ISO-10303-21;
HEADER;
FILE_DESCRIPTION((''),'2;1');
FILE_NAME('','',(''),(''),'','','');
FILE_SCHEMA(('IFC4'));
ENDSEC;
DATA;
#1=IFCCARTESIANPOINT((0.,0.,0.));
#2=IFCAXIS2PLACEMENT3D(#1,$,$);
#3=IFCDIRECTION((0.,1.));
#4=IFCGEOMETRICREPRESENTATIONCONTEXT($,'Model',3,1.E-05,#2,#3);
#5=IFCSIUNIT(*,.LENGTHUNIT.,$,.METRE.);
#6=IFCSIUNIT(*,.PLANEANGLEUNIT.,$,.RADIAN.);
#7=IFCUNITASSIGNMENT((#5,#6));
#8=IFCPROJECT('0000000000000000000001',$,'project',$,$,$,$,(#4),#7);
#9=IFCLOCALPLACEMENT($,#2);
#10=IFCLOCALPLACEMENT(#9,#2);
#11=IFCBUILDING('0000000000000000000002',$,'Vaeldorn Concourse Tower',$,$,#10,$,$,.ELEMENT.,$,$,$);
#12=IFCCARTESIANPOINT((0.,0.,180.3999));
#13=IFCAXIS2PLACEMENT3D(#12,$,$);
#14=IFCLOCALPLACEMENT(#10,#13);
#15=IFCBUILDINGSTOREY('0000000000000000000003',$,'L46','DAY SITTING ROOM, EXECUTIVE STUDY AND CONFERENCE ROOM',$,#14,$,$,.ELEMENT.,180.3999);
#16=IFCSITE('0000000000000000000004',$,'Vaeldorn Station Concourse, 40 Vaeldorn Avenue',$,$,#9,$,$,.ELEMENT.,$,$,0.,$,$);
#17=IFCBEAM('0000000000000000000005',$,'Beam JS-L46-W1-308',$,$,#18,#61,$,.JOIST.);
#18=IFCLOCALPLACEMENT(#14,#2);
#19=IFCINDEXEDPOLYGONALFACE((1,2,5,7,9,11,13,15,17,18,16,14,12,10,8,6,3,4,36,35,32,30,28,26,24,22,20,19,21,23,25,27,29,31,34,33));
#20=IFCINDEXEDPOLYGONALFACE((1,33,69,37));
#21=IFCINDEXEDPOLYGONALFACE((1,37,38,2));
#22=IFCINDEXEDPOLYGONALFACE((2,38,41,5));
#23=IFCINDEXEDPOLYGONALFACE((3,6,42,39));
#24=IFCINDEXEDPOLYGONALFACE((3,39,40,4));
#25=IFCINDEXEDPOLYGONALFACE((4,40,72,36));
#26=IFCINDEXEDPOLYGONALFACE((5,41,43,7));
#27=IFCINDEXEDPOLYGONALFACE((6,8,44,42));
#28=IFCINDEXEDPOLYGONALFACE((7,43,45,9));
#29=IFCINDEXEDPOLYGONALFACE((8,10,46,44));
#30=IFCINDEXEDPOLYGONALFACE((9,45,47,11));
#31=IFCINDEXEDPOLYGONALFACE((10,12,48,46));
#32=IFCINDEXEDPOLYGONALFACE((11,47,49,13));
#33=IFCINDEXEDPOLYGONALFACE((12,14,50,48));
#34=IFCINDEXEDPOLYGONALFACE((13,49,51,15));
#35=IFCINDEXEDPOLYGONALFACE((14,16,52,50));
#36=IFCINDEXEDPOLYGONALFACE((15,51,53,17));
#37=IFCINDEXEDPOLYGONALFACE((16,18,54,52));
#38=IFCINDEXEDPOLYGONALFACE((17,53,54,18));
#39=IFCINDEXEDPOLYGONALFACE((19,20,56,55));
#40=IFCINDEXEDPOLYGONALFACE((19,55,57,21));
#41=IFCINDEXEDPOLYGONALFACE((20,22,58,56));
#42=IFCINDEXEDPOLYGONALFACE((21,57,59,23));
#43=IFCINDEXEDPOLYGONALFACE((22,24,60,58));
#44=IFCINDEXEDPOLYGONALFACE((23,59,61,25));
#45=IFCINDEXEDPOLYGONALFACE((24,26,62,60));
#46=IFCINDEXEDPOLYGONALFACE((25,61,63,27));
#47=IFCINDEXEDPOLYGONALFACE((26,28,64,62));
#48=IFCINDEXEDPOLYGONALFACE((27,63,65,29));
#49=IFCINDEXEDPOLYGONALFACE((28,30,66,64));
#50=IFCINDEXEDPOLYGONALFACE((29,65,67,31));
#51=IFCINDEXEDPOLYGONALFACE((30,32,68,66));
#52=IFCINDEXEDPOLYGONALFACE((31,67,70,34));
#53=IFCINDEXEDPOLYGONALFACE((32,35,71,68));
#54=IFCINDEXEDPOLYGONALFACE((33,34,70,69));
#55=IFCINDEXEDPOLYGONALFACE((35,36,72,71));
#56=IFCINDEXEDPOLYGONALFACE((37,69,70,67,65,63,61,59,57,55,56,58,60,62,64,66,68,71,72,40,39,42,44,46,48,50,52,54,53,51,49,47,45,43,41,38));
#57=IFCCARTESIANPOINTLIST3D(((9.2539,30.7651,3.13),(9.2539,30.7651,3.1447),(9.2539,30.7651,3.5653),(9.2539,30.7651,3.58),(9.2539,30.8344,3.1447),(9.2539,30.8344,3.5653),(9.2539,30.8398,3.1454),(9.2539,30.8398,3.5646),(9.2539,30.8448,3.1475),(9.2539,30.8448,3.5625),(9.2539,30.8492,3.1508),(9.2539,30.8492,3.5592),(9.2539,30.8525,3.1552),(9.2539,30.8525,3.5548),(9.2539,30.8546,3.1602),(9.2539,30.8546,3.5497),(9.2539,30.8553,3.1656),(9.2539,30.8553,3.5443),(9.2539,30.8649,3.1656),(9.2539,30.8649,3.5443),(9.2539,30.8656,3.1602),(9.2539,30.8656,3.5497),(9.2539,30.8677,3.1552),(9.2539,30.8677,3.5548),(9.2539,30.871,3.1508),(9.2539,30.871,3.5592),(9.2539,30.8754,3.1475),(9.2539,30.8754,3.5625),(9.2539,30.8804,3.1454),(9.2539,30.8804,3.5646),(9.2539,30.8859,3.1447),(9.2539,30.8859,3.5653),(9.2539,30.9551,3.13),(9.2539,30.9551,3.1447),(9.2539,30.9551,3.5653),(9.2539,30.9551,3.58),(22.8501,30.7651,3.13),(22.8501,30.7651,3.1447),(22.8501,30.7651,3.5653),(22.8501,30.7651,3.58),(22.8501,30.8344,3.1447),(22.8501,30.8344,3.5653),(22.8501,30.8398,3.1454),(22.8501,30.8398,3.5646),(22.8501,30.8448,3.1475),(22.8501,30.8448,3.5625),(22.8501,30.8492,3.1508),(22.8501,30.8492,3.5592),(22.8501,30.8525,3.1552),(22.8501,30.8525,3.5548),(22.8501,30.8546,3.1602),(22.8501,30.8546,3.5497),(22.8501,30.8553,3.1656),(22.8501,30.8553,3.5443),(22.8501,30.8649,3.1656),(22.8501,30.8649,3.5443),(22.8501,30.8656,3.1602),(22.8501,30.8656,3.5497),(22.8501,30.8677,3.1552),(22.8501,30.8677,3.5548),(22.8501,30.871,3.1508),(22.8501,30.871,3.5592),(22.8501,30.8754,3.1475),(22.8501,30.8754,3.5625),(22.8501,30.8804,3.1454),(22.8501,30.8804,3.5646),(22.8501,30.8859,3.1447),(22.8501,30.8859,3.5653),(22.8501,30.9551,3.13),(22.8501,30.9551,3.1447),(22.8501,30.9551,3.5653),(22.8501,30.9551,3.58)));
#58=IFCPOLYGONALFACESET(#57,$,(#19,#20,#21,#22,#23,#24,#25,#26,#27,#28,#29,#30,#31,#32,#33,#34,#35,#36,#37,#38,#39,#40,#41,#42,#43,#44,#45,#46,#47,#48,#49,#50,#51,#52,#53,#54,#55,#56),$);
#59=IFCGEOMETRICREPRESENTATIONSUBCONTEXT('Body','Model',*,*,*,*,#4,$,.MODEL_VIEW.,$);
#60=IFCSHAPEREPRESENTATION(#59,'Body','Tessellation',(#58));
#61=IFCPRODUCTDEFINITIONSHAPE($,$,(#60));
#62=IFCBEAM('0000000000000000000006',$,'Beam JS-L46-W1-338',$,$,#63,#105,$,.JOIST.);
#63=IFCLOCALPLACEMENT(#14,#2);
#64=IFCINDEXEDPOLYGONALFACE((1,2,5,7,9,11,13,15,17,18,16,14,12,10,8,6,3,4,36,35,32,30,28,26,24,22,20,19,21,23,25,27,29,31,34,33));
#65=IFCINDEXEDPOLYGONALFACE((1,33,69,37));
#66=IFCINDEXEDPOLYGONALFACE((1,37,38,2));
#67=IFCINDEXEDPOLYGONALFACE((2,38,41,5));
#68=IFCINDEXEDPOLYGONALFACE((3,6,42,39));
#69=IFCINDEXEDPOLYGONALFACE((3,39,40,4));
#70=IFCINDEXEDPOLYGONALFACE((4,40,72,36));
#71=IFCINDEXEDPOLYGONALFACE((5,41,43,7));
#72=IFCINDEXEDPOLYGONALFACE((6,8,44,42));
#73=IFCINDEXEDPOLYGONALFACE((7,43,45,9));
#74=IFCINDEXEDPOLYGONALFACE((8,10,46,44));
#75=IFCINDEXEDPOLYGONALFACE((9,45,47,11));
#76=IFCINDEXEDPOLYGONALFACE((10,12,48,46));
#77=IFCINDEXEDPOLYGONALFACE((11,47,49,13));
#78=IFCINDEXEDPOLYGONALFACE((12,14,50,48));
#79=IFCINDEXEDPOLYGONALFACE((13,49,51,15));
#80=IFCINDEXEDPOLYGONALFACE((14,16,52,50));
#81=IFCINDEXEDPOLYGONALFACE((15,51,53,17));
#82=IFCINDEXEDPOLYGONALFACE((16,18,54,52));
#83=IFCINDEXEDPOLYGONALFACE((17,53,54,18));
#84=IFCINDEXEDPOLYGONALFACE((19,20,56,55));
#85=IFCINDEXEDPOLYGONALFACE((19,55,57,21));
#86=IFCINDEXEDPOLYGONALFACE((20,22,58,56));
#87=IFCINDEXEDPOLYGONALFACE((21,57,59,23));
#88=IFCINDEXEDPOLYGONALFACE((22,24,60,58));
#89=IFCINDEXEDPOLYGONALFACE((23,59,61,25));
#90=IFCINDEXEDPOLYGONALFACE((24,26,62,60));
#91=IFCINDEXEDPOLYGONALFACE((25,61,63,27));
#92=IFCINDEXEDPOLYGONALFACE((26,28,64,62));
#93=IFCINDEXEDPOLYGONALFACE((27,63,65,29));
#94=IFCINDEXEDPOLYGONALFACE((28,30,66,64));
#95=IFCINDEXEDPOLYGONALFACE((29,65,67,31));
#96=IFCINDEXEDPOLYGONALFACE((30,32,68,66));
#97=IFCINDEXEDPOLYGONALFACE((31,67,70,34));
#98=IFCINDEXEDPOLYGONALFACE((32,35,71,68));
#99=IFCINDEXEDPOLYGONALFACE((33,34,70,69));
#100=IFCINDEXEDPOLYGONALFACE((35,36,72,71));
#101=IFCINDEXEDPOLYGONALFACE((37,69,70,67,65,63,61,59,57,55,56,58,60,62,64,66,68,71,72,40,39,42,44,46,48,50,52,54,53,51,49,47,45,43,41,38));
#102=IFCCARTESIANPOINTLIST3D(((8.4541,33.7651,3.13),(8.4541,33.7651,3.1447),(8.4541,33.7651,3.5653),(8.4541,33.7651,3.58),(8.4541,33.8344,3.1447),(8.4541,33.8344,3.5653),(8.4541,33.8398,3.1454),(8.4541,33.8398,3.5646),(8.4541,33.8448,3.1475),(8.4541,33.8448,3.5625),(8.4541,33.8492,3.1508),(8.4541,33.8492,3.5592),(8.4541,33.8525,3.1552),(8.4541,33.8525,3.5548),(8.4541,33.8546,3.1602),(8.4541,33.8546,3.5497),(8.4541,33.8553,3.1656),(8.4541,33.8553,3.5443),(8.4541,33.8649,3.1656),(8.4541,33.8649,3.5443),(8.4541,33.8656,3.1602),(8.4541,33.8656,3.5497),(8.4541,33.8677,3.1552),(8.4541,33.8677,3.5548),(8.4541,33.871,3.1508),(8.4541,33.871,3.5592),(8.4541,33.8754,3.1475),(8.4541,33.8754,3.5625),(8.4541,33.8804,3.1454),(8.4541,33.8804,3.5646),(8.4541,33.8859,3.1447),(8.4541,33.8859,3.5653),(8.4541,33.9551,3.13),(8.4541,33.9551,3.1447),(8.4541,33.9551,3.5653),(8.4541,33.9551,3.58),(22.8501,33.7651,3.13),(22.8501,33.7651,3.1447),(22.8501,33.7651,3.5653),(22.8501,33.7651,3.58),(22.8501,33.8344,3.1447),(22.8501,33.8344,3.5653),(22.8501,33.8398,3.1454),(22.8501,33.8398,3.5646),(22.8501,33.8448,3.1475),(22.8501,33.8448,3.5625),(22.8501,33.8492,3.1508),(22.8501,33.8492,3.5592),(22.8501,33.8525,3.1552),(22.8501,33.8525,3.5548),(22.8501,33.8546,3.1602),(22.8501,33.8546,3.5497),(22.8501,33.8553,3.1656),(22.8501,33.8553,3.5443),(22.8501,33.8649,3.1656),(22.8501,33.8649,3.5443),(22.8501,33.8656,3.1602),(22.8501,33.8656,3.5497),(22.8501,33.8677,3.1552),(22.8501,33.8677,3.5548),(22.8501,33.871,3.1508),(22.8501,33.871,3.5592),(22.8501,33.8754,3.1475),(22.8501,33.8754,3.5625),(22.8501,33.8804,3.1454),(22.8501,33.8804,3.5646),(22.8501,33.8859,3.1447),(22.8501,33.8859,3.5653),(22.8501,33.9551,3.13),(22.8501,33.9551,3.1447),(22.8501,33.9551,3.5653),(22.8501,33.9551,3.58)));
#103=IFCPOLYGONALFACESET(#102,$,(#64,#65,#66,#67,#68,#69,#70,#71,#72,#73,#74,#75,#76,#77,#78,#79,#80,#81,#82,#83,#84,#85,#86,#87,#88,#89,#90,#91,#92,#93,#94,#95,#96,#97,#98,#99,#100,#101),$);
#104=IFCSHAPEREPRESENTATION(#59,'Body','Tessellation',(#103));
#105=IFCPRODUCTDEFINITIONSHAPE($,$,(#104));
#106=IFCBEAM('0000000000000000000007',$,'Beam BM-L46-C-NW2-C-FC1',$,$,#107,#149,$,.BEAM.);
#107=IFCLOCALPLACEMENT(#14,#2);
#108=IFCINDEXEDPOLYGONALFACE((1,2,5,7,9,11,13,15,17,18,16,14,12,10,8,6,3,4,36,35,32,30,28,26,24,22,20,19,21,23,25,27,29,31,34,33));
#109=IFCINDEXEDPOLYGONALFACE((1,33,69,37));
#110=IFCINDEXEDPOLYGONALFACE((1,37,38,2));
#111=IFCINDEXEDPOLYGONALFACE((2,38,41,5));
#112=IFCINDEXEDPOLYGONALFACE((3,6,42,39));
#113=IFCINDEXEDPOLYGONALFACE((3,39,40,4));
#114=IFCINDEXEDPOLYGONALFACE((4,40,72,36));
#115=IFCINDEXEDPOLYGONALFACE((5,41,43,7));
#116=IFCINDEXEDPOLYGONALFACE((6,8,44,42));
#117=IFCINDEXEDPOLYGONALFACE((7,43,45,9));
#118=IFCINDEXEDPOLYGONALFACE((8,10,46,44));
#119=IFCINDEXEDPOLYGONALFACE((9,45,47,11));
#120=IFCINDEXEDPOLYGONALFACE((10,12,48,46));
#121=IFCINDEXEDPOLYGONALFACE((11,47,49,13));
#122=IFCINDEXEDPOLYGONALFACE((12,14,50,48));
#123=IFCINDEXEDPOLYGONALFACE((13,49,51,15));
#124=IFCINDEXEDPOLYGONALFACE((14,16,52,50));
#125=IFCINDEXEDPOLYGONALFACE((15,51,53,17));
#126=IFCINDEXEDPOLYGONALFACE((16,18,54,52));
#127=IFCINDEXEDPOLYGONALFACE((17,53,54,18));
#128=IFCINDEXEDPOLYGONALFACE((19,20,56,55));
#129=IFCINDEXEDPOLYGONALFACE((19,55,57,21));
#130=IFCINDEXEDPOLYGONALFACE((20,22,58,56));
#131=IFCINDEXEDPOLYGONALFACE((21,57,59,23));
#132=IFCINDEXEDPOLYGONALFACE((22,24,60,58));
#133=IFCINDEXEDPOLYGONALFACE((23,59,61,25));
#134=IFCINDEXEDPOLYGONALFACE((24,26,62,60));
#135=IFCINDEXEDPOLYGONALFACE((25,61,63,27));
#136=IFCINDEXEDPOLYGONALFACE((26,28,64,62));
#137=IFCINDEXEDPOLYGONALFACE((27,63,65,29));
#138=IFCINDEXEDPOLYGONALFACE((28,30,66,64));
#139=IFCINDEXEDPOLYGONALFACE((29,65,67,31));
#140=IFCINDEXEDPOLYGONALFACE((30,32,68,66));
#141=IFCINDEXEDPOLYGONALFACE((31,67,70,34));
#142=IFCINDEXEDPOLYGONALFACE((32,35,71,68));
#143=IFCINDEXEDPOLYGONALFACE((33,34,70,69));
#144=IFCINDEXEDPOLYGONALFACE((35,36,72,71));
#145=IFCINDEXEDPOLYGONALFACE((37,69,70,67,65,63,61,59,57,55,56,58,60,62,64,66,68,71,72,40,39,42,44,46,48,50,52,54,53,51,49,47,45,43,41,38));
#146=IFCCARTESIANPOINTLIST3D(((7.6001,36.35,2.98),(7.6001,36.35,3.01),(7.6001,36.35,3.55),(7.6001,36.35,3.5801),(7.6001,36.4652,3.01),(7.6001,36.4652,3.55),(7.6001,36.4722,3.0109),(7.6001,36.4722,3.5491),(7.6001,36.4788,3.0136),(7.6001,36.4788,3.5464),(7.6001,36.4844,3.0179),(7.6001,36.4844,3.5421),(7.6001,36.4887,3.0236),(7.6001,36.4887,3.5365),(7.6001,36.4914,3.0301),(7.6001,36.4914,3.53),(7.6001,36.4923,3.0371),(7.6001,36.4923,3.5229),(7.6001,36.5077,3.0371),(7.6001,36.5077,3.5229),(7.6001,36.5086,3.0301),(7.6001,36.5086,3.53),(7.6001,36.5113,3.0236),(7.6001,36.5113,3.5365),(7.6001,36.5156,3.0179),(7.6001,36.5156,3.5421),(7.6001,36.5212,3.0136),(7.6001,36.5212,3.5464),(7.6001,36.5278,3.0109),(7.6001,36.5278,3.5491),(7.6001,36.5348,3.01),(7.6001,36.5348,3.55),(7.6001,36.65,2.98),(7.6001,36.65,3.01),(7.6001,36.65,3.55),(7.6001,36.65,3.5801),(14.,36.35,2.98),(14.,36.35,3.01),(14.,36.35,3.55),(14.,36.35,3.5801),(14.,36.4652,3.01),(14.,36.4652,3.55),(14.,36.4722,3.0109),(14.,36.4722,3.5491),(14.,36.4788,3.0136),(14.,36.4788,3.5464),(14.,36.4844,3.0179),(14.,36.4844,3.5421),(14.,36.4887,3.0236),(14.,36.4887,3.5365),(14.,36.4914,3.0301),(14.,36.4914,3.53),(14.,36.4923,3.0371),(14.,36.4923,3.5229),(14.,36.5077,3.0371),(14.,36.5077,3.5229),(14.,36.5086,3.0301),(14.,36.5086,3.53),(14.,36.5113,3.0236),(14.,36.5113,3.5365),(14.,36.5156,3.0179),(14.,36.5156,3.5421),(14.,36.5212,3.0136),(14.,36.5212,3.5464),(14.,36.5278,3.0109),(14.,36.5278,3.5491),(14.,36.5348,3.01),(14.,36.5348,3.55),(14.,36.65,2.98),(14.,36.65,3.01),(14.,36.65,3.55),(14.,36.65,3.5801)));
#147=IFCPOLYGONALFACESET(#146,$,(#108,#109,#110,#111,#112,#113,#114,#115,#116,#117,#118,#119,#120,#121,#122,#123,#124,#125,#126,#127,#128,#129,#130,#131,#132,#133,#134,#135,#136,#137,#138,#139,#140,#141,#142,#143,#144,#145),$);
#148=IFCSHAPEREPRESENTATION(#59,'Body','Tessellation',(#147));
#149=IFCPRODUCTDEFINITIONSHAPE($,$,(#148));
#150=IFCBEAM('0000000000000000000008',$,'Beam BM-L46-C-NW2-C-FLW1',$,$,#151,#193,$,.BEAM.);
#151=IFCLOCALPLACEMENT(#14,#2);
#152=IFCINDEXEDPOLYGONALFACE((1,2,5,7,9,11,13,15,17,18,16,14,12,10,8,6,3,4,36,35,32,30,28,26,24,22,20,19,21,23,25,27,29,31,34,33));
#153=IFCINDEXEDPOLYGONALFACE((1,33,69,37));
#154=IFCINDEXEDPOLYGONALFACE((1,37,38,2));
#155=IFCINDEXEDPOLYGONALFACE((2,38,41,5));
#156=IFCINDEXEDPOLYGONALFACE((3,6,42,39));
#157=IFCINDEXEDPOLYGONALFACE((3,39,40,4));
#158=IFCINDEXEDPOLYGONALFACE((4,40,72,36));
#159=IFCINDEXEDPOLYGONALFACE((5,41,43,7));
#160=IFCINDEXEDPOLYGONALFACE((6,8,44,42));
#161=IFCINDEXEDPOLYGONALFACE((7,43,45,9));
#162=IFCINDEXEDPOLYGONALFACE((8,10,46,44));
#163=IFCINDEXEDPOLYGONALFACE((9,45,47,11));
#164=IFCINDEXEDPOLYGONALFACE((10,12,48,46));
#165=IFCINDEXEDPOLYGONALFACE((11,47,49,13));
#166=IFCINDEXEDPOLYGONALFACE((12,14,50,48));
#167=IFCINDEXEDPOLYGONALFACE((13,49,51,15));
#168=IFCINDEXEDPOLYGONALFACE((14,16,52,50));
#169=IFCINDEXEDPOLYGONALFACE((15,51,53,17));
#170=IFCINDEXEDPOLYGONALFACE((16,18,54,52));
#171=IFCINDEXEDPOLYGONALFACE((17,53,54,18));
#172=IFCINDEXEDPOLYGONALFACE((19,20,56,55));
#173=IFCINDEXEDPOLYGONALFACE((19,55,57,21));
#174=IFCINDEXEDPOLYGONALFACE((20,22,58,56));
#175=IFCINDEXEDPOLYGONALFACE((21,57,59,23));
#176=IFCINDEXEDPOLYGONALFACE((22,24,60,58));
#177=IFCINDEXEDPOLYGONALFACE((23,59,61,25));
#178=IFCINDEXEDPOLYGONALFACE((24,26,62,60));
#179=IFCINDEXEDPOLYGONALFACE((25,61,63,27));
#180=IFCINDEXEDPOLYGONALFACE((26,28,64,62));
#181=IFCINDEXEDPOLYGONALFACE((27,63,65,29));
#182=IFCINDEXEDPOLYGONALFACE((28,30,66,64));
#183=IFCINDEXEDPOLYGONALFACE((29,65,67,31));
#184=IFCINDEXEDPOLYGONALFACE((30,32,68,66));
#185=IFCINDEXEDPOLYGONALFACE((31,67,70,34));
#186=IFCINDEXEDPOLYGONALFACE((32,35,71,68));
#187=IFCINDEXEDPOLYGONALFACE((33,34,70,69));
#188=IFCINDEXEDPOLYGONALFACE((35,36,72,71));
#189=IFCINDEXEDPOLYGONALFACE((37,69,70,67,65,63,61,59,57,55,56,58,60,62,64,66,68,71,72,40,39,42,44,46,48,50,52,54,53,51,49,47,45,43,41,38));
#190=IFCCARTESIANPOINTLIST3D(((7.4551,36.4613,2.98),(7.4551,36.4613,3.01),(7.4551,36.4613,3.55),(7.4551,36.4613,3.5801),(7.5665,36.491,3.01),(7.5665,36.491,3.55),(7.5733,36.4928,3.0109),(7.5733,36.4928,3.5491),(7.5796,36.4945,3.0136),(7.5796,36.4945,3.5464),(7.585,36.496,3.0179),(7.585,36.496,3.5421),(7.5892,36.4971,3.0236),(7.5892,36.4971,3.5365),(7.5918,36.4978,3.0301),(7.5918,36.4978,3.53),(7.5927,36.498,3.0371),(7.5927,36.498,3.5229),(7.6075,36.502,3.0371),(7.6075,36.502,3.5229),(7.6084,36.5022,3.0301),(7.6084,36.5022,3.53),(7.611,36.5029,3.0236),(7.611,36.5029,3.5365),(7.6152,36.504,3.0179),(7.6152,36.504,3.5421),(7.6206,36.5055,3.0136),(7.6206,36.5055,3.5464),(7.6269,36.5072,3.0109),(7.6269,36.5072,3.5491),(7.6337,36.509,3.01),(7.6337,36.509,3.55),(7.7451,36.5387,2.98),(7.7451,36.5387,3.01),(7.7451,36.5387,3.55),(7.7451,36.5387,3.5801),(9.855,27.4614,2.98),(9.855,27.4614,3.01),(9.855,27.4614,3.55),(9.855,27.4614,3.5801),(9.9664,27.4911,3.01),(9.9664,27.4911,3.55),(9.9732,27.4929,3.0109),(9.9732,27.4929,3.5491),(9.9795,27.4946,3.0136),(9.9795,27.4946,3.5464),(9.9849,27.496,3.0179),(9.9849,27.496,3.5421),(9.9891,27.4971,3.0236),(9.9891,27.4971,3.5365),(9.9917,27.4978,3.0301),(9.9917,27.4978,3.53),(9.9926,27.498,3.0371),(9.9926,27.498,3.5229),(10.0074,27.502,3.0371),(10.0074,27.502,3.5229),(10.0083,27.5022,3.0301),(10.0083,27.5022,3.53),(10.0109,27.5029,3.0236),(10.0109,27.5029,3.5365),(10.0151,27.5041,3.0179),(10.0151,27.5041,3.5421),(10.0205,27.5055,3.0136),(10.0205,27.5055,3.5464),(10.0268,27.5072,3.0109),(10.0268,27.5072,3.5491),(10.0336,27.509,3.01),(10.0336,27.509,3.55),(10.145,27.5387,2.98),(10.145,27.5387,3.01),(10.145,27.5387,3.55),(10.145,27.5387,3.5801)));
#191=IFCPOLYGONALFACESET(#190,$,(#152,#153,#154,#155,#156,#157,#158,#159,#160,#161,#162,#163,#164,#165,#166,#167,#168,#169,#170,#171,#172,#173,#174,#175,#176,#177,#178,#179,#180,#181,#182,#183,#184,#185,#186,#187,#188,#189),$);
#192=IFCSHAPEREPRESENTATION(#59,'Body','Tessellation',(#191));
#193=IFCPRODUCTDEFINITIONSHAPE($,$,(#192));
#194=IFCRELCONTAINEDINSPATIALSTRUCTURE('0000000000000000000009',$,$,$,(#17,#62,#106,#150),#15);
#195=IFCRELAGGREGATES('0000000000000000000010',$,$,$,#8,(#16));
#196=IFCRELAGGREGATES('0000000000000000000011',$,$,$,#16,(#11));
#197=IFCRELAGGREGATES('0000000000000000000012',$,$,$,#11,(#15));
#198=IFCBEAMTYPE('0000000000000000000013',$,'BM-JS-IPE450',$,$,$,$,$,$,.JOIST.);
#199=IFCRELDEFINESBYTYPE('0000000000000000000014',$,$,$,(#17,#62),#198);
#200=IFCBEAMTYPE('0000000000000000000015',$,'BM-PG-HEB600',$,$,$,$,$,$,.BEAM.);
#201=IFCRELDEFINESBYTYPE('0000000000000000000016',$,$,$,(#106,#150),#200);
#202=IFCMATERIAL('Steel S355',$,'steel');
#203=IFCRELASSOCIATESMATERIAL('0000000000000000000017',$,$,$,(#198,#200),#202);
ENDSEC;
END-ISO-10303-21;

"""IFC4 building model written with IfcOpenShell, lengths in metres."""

from ifc_helpers import new_model, si_unit, direction, frame, origin, origin_2d, place, context, subcontext, project, spatial, i_section, extrude, source, transform, mapped, material, material_profile, profile_set, type_object, element, save


model = new_model("IFC4")

# Units and contexts
model_context = context("Model", 3, precision=1e-05, world=origin(), true_north=direction((0.0, 1.0)))
body_context = subcontext(model_context, "Body", "Model", "MODEL_VIEW")
ifc_project = project(units=[si_unit("LENGTHUNIT", "METRE"), si_unit("PLANEANGLEUNIT", "RADIAN")], contexts=[model_context])

# Site, building, storey
site_placement = place(None, origin())
site = spatial("IfcSite", under=ifc_project, at=site_placement, Name="Vaeldorn Station Concourse, 40 Vaeldorn Avenue", CompositionType="ELEMENT", RefElevation=0.0)
building_placement = place(site_placement, origin())
building = spatial("IfcBuilding", under=site, at=building_placement, Name="Vaeldorn Concourse Tower", CompositionType="ELEMENT")
storey_placement = place(building_placement, frame((0.0, 0.0, 180.3999)))
storey = spatial("IfcBuildingStorey", under=building, at=storey_placement, Name="L46", Description="DAY SITTING ROOM, EXECUTIVE STUDY AND CONFERENCE ROOM", CompositionType="ELEMENT", Elevation=180.3999)

# Shared definitions
ifc_material_1 = material(Name="Steel S355", Category="steel")

# Beams
ifc_material_profile_1 = material_profile(ifc_material_1, i_section(OverallWidth=0.1899, OverallDepth=0.45, WebThickness=0.0095, FlangeThickness=0.0146, FilletRadius=0.021, at=origin_2d()), Name="IPE 450")
ifc_profile_set_1 = profile_set([ifc_material_profile_1], Name="Steel S355")
beam_type_1 = type_object("IfcBeamType", Name="BM-JS-IPE450", PredefinedType="JOIST", material=ifc_profile_set_1)
shared_shape_1 = source(origin(), body_context, "Body", "SweptSolid", [
    extrude(i_section(OverallWidth=0.1899, OverallDepth=0.45, WebThickness=0.0095, FlangeThickness=0.0146, FilletRadius=0.021, at=origin_2d()), origin(), (0.0, 0.0, 1.0), 13.5962),
])
beam_1_placement = place(storey_placement, frame((9.2539, 30.8601, 3.355), z_axis=(1.0, 0.0, 0.0), x_axis=(0.0, 1.0, 0.0)))
element("IfcBeam", 1, at=beam_1_placement, inside=storey, type_object=beam_type_1, Name="Beam JS-L46-W1-308", PredefinedType="JOIST", context=body_context, shape_type="MappedRepresentation", body=[
    mapped(shared_shape_1, transform((0.0, 0.0, 0.0), scale=1.0)),
])
shared_shape_2 = source(origin(), body_context, "Body", "SweptSolid", [
    extrude(i_section(OverallWidth=0.1899, OverallDepth=0.45, WebThickness=0.0095, FlangeThickness=0.0146, FilletRadius=0.021, at=origin_2d()), origin(), (0.0, 0.0, 1.0), 14.396),
])
beam_2_placement = place(storey_placement, frame((8.4541, 33.8601, 3.355), z_axis=(1.0, 0.0, 0.0), x_axis=(0.0, 1.0, 0.0)))
element("IfcBeam", 2, at=beam_2_placement, inside=storey, type_object=beam_type_1, Name="Beam JS-L46-W1-338", PredefinedType="JOIST", context=body_context, shape_type="MappedRepresentation", body=[
    mapped(shared_shape_2, transform((0.0, 0.0, 0.0), scale=1.0)),
])
ifc_material_profile_2 = material_profile(ifc_material_1, i_section(OverallWidth=0.3, OverallDepth=0.6001, WebThickness=0.0154, FlangeThickness=0.03, FilletRadius=0.0271, at=origin_2d()), Name="HEB 600")
ifc_profile_set_2 = profile_set([ifc_material_profile_2], Name="Steel S355")
beam_type_2 = type_object("IfcBeamType", Name="BM-PG-HEB600", PredefinedType="BEAM", material=ifc_profile_set_2)
shared_shape_3 = source(origin(), body_context, "Body", "SweptSolid", [
    extrude(i_section(OverallWidth=0.3, OverallDepth=0.6001, WebThickness=0.0154, FlangeThickness=0.03, FilletRadius=0.0271, at=origin_2d()), origin(), (0.0, 0.0, 1.0), 6.3999),
])
beam_3_placement = place(storey_placement, frame((7.6001, 36.5, 3.28), z_axis=(1.0, 0.0, 0.0), x_axis=(0.0, 1.0, 0.0)))
element("IfcBeam", 3, at=beam_3_placement, inside=storey, type_object=beam_type_2, Name="Beam BM-L46-C-NW2-C-FC1", PredefinedType="BEAM", context=body_context, shape_type="MappedRepresentation", body=[
    mapped(shared_shape_3, transform((0.0, 0.0, 0.0), scale=1.0)),
])
shared_shape_4 = source(origin(), body_context, "Body", "SweptSolid", [
    extrude(i_section(OverallWidth=0.3, OverallDepth=0.6001, WebThickness=0.0154, FlangeThickness=0.03, FilletRadius=0.0271, at=origin_2d()), origin(), (0.0, 0.0, 1.0), 9.3145),
])
beam_4_placement = place(storey_placement, frame((7.6001, 36.5, 3.28), z_axis=(0.257653, -0.966238, 0.0), x_axis=(0.966238, 0.257653, 0.0)))
element("IfcBeam", 4, at=beam_4_placement, inside=storey, type_object=beam_type_2, Name="Beam BM-L46-C-NW2-C-FLW1", PredefinedType="BEAM", context=body_context, shape_type="MappedRepresentation", body=[
    mapped(shared_shape_4, transform((0.0, 0.0, 0.0), scale=1.0)),
])

save(model, "model.ifc")
